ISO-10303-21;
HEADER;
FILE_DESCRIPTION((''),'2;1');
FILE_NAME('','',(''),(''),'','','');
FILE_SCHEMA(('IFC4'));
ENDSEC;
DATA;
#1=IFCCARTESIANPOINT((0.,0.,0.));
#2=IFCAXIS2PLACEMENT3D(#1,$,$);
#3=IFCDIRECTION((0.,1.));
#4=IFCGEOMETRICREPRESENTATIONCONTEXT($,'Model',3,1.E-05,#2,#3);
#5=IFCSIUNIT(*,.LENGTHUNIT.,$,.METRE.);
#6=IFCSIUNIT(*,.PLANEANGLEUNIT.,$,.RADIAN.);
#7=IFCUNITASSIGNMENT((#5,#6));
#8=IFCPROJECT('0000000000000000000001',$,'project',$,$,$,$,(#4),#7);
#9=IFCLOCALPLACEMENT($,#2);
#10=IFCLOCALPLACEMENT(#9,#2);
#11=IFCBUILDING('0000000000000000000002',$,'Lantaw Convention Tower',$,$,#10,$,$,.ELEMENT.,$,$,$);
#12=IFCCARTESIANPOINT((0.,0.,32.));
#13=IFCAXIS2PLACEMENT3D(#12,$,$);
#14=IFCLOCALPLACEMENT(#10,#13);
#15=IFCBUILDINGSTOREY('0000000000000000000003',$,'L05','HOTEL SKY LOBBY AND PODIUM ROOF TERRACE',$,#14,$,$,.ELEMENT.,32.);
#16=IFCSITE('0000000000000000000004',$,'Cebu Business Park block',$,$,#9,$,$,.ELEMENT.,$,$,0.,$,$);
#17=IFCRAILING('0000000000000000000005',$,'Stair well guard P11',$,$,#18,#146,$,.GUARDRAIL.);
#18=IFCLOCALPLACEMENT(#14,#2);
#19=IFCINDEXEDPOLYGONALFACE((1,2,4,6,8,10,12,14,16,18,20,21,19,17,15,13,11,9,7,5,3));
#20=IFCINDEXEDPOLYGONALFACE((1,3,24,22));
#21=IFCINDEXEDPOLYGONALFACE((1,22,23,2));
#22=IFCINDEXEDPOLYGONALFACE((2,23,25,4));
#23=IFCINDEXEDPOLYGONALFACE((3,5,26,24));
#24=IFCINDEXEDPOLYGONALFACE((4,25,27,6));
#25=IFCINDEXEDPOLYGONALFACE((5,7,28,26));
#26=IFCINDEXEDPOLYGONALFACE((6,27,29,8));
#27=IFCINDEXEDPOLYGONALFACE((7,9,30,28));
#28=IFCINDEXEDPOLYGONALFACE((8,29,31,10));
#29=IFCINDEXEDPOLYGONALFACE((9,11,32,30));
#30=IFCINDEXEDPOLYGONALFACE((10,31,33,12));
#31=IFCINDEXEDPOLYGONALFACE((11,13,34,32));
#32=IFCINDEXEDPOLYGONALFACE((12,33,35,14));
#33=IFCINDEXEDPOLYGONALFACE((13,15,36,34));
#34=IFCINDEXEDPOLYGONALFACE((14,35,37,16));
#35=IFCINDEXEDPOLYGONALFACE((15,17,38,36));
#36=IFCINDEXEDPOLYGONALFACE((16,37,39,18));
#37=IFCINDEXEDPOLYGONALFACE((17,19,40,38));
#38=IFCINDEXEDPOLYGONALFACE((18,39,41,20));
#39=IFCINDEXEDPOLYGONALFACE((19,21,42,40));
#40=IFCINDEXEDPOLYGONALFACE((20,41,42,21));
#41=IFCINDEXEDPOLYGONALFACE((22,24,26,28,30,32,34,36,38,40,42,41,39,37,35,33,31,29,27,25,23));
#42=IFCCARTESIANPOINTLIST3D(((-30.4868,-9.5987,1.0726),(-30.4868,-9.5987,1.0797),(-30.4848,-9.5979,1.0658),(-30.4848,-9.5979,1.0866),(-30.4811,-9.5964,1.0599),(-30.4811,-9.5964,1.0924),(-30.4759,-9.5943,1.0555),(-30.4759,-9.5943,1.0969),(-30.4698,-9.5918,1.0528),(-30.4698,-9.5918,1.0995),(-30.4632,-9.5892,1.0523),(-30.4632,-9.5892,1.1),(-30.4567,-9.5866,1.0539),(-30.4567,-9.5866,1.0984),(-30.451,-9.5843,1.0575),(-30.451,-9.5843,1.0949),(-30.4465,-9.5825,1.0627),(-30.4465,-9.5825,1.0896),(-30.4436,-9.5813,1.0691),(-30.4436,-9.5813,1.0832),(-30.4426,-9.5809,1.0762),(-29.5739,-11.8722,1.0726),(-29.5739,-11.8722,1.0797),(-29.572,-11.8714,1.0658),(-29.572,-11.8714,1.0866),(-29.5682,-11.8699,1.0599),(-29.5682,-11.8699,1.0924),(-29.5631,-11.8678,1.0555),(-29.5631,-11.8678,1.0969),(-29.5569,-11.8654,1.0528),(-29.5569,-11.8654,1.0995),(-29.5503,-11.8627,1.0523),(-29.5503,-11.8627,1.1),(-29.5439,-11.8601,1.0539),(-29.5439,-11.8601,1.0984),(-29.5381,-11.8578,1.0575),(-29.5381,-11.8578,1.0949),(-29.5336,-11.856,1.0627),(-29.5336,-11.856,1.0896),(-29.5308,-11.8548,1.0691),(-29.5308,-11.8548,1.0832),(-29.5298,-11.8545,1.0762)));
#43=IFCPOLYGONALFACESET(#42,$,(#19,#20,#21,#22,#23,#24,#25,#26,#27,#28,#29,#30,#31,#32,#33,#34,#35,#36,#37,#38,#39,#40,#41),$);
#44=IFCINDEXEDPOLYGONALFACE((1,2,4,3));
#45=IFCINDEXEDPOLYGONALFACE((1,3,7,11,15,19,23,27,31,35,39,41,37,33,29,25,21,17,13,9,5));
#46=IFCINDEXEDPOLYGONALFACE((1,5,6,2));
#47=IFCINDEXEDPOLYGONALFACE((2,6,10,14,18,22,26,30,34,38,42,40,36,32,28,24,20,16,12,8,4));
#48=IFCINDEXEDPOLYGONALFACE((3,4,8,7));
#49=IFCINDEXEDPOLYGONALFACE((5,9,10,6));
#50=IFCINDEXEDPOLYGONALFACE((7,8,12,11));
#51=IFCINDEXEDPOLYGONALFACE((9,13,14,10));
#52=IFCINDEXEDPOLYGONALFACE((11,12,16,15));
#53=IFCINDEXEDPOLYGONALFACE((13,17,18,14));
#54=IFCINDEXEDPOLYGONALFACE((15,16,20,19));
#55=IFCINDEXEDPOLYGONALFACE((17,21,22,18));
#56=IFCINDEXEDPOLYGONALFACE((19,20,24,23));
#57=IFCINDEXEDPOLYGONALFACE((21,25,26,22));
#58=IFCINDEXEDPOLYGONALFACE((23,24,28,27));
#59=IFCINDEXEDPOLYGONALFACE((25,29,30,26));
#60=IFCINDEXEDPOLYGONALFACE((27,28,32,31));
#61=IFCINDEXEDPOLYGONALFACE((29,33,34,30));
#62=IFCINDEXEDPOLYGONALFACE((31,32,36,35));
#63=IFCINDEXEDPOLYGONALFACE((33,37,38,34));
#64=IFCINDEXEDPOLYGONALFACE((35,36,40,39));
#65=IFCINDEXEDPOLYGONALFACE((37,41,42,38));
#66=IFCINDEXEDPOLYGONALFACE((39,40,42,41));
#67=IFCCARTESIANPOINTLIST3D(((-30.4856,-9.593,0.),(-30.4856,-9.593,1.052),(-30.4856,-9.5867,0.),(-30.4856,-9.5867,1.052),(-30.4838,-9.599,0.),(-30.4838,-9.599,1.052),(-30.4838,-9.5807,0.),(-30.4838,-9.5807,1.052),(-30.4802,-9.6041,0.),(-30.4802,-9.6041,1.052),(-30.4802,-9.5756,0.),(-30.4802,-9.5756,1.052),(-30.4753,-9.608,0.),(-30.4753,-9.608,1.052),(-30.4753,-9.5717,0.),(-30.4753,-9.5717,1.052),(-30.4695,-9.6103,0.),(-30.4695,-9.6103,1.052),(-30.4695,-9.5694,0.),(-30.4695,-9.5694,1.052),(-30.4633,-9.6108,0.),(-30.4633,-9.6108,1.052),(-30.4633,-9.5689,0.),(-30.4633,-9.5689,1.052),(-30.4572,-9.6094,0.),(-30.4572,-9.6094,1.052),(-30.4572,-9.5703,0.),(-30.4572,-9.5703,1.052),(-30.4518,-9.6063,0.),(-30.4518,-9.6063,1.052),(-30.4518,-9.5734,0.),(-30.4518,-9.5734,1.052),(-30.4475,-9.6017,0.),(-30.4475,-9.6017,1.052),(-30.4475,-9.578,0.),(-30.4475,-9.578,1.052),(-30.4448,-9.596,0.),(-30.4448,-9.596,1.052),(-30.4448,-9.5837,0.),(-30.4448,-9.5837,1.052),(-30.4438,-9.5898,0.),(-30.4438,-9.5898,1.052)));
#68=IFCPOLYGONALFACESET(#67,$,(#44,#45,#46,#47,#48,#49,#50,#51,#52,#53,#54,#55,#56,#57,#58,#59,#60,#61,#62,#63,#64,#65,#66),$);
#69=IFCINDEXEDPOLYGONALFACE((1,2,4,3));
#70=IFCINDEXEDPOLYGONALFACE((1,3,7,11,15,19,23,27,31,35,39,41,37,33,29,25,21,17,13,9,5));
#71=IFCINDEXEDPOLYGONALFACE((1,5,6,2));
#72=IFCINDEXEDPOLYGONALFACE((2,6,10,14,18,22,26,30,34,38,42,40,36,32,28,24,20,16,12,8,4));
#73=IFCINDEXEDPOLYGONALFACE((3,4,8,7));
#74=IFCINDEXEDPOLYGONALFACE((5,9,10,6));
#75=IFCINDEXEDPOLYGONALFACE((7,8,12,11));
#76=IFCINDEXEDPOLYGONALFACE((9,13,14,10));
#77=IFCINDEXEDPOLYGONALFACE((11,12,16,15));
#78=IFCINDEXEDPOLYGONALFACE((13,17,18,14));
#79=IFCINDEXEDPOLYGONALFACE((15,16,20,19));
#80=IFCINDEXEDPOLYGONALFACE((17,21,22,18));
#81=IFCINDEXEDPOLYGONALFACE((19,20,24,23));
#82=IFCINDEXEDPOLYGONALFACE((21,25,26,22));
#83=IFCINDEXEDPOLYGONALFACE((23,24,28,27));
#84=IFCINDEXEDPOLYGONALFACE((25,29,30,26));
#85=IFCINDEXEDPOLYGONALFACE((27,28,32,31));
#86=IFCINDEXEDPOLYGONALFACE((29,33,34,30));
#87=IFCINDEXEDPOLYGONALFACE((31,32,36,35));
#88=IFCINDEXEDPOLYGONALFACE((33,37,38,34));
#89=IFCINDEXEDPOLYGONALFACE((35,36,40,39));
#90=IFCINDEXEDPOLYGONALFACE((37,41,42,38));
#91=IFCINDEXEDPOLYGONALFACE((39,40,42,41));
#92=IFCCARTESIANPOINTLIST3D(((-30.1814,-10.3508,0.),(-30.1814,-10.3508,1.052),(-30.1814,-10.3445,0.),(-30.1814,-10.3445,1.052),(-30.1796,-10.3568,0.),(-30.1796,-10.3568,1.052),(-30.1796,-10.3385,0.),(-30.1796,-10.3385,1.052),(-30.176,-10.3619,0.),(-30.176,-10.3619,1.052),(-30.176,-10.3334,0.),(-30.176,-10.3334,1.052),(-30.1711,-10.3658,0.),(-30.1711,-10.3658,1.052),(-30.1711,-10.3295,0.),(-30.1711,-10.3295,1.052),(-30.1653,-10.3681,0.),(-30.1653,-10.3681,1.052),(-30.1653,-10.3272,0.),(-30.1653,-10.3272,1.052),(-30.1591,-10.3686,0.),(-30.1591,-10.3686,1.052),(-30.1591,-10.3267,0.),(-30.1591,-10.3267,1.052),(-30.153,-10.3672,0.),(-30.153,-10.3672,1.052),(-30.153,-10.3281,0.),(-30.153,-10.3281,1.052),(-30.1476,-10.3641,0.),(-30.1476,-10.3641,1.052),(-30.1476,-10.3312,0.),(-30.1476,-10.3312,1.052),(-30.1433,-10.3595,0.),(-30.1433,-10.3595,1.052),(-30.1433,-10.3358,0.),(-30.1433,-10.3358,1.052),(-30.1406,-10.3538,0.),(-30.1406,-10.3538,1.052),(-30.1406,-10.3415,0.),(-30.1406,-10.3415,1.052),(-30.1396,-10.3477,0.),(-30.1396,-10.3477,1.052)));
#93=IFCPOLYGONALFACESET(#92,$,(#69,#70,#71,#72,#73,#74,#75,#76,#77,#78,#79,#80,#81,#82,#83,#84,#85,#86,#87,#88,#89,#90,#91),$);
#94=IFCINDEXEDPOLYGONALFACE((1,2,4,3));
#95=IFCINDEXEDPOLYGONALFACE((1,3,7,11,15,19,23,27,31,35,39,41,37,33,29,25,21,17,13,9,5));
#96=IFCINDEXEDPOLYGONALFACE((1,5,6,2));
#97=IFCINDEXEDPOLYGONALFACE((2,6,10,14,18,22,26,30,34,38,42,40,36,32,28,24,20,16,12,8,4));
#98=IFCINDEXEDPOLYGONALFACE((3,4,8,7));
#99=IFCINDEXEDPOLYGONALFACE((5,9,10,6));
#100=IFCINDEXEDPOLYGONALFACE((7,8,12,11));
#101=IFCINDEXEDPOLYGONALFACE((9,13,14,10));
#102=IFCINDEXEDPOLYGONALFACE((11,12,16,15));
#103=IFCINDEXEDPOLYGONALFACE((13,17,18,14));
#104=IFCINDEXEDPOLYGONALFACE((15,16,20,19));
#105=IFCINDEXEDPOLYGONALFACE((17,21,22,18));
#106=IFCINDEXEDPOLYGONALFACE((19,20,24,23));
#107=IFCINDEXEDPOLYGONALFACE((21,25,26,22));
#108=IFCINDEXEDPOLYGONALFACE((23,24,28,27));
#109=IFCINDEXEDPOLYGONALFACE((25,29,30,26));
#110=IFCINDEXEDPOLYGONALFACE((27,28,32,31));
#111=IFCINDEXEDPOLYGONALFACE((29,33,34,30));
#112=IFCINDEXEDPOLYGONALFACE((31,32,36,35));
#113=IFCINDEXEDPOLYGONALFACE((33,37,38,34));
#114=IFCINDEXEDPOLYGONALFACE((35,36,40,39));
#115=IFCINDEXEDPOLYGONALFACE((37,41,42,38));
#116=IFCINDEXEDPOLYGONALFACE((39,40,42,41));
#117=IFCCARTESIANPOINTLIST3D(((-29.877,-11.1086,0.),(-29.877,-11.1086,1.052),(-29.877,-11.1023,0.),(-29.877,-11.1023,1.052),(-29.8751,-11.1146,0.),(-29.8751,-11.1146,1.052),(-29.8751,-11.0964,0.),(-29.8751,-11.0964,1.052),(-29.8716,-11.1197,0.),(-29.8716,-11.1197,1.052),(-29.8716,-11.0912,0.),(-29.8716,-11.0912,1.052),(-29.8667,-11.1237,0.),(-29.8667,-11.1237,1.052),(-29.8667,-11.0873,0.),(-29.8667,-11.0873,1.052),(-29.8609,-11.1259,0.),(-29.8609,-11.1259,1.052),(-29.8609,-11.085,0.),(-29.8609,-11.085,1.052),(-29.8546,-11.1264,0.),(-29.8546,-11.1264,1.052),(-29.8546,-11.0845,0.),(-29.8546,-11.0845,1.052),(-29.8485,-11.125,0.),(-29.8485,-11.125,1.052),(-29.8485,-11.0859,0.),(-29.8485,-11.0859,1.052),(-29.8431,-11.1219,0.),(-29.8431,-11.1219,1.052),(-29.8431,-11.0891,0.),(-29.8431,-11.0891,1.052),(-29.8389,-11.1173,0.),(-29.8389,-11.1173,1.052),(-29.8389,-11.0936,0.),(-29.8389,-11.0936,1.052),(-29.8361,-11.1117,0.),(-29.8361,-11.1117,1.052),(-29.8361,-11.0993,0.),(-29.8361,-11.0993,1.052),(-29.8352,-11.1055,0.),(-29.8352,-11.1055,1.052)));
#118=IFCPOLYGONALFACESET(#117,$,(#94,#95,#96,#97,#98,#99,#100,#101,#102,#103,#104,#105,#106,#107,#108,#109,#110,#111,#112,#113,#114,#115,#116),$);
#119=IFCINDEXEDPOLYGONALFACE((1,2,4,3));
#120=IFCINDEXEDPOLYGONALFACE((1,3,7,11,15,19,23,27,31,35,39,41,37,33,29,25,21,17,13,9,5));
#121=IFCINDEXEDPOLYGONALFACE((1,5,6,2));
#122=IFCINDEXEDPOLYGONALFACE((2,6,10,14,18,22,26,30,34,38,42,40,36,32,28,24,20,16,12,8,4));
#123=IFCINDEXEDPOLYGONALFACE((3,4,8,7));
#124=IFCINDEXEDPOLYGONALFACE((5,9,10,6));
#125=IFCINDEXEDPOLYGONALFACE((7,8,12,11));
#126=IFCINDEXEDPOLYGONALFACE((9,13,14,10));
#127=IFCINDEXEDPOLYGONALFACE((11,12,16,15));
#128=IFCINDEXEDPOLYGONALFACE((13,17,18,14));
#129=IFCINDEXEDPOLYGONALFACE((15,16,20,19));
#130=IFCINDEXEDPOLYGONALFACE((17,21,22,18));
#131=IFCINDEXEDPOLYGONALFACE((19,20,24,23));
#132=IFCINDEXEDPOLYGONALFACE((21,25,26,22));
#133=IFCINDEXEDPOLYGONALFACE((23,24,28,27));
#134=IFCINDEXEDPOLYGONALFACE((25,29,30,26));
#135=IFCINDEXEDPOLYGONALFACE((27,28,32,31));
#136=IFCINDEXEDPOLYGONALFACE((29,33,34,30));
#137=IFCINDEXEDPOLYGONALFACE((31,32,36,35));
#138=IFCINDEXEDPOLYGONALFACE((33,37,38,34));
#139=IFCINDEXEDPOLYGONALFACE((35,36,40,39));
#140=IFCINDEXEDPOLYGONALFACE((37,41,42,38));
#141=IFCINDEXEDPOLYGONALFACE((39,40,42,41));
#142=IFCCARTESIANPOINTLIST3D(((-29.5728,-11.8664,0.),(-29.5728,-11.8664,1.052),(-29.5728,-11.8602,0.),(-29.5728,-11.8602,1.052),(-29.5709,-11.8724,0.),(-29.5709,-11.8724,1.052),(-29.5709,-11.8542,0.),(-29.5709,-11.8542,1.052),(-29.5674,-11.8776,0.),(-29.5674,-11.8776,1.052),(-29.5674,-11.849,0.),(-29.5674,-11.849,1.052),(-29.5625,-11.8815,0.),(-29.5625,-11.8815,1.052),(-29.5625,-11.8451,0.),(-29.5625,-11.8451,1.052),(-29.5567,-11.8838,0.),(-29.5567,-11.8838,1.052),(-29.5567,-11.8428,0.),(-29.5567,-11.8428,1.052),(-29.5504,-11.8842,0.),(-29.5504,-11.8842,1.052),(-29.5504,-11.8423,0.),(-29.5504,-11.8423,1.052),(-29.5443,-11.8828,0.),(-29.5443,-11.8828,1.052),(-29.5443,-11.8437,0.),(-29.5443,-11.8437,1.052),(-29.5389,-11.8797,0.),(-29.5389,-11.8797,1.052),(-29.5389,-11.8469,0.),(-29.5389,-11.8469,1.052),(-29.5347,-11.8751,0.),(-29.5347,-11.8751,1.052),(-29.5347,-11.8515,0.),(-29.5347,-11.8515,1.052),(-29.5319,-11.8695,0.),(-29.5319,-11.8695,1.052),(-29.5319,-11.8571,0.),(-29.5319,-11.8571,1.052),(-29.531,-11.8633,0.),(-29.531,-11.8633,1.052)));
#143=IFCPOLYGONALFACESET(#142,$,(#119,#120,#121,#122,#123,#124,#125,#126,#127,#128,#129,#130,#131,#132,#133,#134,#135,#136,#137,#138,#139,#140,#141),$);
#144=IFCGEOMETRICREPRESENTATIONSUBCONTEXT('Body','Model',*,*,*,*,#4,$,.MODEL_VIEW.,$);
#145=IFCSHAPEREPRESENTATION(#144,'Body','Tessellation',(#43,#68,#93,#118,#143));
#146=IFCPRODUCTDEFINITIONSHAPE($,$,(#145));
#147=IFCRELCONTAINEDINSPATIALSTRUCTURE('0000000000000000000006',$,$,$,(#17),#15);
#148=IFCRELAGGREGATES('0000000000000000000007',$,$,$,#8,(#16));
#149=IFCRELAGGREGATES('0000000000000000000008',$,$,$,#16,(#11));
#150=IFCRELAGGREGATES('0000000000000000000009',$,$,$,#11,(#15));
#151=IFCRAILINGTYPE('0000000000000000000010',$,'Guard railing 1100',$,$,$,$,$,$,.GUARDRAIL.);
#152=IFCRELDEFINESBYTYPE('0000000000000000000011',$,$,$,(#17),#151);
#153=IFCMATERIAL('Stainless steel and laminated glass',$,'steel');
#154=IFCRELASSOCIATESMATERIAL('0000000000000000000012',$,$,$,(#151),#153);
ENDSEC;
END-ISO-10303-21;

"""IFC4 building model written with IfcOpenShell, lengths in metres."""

from ifc_helpers import new_model, si_unit, direction, frame, origin, origin_2d, place, context, subcontext, project, spatial, circle, extrude, material, type_object, element, save


model = new_model("IFC4")

# Units and contexts
model_context = context("Model", 3, precision=1e-05, world=origin(), true_north=direction((0.0, 1.0)))
body_context = subcontext(model_context, "Body", "Model", "MODEL_VIEW")
ifc_project = project(units=[si_unit("LENGTHUNIT", "METRE"), si_unit("PLANEANGLEUNIT", "RADIAN")], contexts=[model_context])

# Site, building, storey
site_placement = place(None, origin())
site = spatial("IfcSite", under=ifc_project, at=site_placement, Name="Cebu Business Park block", CompositionType="ELEMENT", RefElevation=0.0)
building_placement = place(site_placement, origin())
building = spatial("IfcBuilding", under=site, at=building_placement, Name="Lantaw Convention Tower", CompositionType="ELEMENT")
storey_placement = place(building_placement, frame((0.0, 0.0, 32.0)))
storey = spatial("IfcBuildingStorey", under=building, at=storey_placement, Name="L05", Description="HOTEL SKY LOBBY AND PODIUM ROOF TERRACE", CompositionType="ELEMENT", Elevation=32.0)

# Railing
ifc_material_1 = material(Name="Stainless steel and laminated glass", Category="steel")
railing_type_1 = type_object("IfcRailingType", Name="Guard railing 1100", PredefinedType="GUARDRAIL", material=ifc_material_1)
railing_1_placement = place(storey_placement, frame((-30.4648, -9.5898, 0.0)))
element("IfcRailing", 1, at=railing_1_placement, inside=storey, type_object=railing_type_1, Name="Stair well guard P11", PredefinedType="GUARDRAIL", context=body_context, shape_type="SweptSolid", body=[
    extrude(circle(Radius=0.0239, at=origin_2d()), frame((0.0, 0.0, 1.0762), z_axis=(0.37261, -0.927988, 0.0), x_axis=(0.927988, 0.37261, 0.0)), (0.0, 0.0, 1.0), 2.45),
    extrude(circle(Radius=0.021, at=origin_2d()), origin(), (0.0, 0.0, 1.0), 1.052),
    extrude(circle(Radius=0.021, at=origin_2d()), frame((0.3042, -0.7578, 0.0)), (0.0, 0.0, 1.0), 1.052),
    extrude(circle(Radius=0.021, at=origin_2d()), frame((0.6086, -1.5156, 0.0)), (0.0, 0.0, 1.0), 1.052),
    extrude(circle(Radius=0.021, at=origin_2d()), frame((0.9128, -2.2734, 0.0)), (0.0, 0.0, 1.0), 1.052),
])

save(model, "model.ifc")
